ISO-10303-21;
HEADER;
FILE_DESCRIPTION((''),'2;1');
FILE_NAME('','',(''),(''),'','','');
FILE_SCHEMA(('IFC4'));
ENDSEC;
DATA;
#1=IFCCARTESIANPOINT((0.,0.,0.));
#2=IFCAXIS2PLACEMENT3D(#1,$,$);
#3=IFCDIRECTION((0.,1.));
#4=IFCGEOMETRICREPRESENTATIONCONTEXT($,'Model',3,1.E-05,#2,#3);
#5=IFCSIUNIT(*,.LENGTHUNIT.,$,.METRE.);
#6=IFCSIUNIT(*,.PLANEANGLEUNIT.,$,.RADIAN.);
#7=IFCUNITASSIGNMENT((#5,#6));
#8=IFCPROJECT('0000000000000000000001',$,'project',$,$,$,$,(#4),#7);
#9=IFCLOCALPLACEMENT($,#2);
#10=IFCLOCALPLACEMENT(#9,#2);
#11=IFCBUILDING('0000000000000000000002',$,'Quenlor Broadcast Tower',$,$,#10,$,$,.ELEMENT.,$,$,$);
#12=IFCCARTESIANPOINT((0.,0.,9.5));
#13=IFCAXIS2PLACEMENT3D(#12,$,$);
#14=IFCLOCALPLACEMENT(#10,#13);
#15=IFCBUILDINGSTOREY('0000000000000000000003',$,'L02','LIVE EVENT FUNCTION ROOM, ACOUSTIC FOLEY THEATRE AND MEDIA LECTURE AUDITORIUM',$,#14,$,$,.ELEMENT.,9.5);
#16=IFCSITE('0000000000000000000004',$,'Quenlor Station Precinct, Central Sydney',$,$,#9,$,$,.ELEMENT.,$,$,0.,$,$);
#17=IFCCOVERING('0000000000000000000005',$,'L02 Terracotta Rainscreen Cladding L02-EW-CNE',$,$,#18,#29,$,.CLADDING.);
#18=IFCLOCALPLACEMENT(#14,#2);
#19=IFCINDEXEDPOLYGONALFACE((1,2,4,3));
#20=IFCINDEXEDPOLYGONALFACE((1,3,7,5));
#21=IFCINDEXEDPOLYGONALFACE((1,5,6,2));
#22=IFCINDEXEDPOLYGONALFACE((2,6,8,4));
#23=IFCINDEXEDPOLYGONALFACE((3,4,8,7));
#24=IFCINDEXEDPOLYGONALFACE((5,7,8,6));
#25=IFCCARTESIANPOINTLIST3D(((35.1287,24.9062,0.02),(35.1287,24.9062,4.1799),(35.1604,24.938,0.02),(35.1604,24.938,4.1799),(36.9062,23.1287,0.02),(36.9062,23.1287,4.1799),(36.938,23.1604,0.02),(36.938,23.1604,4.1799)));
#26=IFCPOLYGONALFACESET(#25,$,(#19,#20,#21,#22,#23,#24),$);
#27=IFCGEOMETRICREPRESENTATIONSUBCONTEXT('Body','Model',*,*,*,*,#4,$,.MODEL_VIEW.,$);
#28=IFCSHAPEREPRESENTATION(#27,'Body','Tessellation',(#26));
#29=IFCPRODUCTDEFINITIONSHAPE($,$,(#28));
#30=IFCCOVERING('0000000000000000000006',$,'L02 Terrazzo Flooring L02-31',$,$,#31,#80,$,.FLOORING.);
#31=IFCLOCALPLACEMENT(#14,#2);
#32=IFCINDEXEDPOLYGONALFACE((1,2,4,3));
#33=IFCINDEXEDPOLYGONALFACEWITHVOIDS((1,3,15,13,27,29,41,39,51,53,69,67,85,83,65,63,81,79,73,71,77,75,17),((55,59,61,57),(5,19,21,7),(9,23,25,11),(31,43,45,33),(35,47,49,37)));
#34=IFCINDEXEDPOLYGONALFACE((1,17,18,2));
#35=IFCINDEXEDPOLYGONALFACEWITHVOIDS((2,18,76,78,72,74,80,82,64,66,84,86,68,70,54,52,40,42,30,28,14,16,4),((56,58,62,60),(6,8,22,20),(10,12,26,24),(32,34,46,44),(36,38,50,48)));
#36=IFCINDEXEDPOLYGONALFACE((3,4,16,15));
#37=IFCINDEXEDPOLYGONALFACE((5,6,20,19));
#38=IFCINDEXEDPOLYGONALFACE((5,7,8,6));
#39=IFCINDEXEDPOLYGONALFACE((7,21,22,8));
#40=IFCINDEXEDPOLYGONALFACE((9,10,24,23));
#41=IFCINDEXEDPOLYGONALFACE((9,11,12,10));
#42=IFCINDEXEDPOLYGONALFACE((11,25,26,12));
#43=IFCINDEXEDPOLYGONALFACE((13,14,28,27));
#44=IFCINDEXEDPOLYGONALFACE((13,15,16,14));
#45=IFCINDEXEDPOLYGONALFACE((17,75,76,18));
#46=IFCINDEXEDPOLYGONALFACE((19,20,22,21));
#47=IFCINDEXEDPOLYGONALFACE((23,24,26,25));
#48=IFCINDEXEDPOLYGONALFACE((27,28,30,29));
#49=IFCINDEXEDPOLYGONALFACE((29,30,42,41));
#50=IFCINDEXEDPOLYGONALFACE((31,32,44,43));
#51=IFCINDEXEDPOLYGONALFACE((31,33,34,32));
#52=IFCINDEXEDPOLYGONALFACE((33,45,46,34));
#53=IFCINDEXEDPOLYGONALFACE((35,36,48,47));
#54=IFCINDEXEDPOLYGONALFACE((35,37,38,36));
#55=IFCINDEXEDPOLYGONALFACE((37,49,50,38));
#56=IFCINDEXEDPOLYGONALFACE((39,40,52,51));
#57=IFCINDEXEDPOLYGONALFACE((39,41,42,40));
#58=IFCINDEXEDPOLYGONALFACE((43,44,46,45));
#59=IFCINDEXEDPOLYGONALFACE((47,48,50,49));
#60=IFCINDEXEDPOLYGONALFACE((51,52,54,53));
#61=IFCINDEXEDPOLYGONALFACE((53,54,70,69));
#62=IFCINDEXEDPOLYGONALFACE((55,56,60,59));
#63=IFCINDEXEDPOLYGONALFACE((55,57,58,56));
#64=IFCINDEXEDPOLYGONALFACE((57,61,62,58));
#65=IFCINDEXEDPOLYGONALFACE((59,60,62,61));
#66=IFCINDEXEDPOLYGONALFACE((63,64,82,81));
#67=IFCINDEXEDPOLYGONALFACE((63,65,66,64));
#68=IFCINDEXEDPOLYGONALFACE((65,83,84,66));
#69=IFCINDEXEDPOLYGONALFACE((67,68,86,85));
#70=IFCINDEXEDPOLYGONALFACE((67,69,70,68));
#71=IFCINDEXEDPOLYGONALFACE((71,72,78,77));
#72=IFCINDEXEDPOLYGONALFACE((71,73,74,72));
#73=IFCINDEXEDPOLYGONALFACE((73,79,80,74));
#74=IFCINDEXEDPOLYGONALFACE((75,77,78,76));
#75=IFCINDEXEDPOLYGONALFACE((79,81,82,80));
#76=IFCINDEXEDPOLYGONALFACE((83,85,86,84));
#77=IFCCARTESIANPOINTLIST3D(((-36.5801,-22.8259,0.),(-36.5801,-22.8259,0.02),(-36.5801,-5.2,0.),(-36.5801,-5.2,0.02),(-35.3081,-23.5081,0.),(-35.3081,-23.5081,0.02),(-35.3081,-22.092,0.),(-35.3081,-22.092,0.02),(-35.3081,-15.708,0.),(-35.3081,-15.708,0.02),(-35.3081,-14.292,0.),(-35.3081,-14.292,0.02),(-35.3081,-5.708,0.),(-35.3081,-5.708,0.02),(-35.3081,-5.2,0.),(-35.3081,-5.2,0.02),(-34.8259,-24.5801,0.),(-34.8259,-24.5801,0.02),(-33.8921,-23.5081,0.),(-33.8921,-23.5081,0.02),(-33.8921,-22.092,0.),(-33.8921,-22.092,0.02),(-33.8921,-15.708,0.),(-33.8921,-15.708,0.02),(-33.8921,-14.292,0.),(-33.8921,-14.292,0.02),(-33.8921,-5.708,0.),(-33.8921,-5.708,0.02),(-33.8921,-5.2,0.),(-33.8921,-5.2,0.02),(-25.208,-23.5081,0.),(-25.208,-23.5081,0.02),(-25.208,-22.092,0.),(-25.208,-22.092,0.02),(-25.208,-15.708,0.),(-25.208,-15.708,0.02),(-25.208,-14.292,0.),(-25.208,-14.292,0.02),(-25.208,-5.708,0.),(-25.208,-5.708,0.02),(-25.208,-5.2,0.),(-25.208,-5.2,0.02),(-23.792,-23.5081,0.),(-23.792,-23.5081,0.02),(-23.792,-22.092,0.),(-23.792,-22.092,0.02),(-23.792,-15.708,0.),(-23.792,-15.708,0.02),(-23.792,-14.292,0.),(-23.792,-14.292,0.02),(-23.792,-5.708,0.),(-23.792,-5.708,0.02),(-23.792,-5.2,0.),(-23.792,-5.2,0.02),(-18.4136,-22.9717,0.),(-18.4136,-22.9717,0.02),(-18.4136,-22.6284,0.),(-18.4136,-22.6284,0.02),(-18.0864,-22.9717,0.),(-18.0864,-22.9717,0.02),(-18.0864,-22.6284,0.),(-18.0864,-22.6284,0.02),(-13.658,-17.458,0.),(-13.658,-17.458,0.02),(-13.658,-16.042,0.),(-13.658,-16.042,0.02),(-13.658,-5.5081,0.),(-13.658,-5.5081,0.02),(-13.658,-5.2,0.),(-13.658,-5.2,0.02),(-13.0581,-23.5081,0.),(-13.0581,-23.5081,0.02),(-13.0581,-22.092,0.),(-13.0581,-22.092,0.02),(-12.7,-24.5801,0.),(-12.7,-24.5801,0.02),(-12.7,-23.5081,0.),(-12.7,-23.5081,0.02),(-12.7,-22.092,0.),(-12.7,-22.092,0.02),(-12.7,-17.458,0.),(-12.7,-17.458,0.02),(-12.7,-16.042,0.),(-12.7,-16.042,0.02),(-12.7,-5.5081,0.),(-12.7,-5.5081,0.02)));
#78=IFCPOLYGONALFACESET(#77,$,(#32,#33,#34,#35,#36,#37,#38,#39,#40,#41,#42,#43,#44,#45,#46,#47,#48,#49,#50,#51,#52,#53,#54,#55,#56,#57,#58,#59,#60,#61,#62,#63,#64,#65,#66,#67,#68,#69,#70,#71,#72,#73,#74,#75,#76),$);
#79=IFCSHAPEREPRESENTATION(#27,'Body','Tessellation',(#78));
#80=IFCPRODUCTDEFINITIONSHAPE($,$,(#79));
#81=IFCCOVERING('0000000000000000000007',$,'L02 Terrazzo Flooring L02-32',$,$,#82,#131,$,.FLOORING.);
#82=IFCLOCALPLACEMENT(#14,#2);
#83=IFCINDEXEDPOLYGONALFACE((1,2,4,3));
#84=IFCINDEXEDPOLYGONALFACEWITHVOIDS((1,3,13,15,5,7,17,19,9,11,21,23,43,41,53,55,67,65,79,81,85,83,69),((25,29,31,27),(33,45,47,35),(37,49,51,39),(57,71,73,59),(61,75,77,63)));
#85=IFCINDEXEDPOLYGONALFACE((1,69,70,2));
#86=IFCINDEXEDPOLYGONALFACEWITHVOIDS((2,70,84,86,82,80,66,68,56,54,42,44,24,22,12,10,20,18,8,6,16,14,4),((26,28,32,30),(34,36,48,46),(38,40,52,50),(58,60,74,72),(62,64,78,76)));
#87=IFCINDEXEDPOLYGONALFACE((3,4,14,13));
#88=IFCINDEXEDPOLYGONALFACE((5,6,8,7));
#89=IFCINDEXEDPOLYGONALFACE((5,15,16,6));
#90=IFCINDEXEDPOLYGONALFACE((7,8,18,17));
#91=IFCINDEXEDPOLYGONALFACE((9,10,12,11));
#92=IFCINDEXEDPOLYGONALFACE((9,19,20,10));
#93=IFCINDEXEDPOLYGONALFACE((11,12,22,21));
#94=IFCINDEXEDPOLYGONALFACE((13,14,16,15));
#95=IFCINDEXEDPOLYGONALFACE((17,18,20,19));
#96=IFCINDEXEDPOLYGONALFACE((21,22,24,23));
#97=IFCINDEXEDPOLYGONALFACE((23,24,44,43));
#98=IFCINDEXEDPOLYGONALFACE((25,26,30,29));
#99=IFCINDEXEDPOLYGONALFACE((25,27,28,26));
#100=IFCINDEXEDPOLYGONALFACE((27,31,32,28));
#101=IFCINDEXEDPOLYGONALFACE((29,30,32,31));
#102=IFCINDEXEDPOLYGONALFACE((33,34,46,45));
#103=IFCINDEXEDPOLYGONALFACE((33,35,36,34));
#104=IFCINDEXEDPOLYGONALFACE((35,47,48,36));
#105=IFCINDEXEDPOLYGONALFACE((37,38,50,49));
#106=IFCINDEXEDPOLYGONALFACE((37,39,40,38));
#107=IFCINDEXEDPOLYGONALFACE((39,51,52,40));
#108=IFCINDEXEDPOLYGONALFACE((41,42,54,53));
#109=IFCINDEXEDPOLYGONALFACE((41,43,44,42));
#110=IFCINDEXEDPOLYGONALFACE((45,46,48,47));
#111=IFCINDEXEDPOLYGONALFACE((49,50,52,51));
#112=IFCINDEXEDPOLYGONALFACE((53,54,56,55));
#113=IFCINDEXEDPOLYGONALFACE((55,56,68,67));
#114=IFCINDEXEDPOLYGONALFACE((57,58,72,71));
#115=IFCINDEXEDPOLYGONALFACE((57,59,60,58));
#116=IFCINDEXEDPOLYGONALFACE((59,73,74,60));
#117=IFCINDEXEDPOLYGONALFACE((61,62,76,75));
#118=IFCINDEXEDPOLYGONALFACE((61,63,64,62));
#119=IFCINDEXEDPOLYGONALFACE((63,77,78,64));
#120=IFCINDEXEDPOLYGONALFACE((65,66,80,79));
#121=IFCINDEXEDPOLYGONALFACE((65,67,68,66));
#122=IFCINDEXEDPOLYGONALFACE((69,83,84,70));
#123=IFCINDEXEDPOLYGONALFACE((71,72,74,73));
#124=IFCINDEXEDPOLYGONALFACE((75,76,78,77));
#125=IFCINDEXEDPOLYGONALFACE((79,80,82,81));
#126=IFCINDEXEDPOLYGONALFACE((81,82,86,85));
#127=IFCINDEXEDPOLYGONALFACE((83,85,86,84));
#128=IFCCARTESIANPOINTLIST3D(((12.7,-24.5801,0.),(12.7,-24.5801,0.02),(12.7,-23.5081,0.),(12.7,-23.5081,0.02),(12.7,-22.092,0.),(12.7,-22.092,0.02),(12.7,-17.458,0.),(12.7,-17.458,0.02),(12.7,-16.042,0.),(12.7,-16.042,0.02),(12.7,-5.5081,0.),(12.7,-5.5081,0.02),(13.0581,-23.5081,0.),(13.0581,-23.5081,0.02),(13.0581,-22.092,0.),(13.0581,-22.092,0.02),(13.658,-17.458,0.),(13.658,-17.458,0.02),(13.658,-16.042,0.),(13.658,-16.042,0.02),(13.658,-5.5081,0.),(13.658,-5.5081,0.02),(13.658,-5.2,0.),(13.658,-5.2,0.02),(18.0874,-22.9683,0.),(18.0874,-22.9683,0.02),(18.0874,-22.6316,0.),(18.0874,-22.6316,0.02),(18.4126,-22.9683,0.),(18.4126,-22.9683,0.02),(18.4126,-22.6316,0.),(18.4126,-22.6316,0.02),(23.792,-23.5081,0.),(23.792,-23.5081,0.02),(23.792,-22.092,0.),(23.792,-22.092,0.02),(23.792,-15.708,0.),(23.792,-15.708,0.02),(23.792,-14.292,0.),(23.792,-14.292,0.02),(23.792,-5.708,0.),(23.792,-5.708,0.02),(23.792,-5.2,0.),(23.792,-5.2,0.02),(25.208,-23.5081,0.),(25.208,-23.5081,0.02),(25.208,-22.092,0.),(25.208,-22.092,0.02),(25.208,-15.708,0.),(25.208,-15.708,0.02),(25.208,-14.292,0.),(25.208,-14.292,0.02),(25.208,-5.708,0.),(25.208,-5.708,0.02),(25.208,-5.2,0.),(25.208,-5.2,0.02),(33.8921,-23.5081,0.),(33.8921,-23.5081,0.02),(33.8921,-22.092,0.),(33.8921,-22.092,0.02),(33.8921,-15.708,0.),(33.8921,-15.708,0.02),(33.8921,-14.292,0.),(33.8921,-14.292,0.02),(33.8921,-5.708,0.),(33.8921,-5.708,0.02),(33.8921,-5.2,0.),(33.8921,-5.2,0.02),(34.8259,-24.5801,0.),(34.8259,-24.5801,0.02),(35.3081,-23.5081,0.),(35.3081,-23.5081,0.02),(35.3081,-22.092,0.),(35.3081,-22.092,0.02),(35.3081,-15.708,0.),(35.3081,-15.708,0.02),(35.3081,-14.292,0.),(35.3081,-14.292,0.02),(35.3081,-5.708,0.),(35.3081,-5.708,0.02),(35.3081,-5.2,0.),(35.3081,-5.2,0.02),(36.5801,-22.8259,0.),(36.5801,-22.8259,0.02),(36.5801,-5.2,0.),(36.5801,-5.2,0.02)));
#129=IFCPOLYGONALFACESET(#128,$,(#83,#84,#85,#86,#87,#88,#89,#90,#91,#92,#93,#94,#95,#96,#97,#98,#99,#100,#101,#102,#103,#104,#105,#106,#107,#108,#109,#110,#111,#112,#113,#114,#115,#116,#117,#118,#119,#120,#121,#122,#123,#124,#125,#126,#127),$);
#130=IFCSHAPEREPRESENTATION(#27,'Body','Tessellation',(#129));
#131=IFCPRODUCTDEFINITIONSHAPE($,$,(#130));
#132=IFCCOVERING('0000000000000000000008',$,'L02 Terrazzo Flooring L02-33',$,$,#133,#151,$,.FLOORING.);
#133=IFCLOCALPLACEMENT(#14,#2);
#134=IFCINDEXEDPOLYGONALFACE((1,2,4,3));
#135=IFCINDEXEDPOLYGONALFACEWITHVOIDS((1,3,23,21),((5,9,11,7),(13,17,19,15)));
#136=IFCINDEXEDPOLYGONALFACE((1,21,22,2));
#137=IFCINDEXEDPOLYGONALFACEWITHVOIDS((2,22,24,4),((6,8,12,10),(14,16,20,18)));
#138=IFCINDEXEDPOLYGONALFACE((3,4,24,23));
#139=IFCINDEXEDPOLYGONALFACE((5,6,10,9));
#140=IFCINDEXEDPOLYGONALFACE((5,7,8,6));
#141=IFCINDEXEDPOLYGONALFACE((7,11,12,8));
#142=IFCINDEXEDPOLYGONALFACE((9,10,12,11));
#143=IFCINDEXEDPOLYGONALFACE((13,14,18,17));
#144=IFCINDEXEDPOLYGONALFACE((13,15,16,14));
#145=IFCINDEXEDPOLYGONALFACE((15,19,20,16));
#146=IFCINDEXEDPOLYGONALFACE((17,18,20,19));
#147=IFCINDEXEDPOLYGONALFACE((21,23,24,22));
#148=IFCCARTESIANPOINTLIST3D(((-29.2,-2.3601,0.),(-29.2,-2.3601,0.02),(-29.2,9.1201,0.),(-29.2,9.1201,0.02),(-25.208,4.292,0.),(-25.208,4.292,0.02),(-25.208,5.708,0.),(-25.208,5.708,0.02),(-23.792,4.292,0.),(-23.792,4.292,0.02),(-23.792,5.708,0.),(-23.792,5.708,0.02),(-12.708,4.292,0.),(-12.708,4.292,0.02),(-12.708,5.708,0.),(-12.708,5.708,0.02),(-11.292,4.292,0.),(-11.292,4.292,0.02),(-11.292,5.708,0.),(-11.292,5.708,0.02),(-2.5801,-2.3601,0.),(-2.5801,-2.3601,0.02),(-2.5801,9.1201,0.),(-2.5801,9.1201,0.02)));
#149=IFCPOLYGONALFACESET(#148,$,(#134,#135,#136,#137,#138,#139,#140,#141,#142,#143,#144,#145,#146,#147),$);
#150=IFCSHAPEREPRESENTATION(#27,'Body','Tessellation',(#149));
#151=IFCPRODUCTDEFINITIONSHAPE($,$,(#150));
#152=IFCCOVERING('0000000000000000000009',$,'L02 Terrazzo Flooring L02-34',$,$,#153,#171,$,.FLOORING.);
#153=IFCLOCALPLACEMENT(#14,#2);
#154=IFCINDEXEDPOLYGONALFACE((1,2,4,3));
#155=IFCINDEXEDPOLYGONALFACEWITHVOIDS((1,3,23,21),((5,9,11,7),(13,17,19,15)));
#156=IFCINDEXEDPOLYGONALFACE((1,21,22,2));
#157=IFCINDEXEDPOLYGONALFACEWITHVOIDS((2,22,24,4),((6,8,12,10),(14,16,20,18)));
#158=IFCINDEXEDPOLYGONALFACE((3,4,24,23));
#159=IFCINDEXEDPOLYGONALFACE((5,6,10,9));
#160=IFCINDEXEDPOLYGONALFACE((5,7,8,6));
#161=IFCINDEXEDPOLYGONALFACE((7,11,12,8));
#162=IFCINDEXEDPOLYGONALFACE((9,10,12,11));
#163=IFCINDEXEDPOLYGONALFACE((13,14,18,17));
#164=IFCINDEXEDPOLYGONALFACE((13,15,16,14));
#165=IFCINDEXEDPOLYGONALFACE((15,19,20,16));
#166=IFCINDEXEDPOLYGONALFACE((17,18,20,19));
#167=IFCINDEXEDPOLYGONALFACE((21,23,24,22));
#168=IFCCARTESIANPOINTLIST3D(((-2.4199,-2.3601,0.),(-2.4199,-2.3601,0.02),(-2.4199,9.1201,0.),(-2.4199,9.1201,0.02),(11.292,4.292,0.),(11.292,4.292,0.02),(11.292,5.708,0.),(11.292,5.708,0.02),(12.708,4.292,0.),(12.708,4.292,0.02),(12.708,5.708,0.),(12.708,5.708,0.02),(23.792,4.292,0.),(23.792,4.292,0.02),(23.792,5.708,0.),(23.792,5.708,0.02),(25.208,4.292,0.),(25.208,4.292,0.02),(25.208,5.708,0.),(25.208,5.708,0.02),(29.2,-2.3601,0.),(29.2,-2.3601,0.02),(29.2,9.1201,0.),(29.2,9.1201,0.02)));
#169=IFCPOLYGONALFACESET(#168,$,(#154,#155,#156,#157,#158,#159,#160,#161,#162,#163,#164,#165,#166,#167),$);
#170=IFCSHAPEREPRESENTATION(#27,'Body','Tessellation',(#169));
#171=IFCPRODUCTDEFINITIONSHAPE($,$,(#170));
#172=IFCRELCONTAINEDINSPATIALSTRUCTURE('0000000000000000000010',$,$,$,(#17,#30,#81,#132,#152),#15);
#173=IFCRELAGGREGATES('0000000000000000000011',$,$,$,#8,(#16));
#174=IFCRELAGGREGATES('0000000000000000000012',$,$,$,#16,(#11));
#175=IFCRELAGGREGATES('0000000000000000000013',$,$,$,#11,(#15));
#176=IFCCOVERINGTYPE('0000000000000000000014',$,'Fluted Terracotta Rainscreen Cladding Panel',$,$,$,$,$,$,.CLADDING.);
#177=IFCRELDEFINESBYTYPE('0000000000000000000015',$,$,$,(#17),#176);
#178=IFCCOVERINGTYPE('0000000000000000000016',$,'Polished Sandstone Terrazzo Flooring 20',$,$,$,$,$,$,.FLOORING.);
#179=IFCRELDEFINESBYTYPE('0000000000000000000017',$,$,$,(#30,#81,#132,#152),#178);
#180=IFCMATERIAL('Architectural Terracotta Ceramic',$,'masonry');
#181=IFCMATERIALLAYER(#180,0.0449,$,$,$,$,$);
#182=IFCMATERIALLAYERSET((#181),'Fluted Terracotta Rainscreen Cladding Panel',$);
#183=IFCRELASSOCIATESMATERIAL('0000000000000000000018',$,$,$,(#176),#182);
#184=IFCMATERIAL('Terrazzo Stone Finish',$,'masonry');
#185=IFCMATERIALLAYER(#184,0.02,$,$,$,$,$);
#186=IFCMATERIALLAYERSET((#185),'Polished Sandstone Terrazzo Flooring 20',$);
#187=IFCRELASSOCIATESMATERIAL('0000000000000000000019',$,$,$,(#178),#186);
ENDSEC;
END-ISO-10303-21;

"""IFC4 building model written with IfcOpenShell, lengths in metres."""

from ifc_helpers import new_model, si_unit, direction, frame, origin, place, context, subcontext, project, spatial, polyline, outline, extrude, material, layer, layer_set, type_object, element, save


model = new_model("IFC4")

# Units and contexts
model_context = context("Model", 3, precision=1e-05, world=origin(), true_north=direction((0.0, 1.0)))
body_context = subcontext(model_context, "Body", "Model", "MODEL_VIEW")
ifc_project = project(units=[si_unit("LENGTHUNIT", "METRE"), si_unit("PLANEANGLEUNIT", "RADIAN")], contexts=[model_context])

# Site, building, storey
site_placement = place(None, origin())
site = spatial("IfcSite", under=ifc_project, at=site_placement, Name="Quenlor Station Precinct, Central Sydney", CompositionType="ELEMENT", RefElevation=0.0)
building_placement = place(site_placement, origin())
building = spatial("IfcBuilding", under=site, at=building_placement, Name="Quenlor Broadcast Tower", CompositionType="ELEMENT")
storey_placement = place(building_placement, frame((0.0, 0.0, 9.5)))
storey = spatial("IfcBuildingStorey", under=building, at=storey_placement, Name="L02", Description="LIVE EVENT FUNCTION ROOM, ACOUSTIC FOLEY THEATRE AND MEDIA LECTURE AUDITORIUM", CompositionType="ELEMENT", Elevation=9.5)

# Coverings
ifc_material_1 = material(Name="Architectural Terracotta Ceramic", Category="masonry")
ifc_layer_1 = layer(ifc_material_1, 0.0449)
ifc_layer_set_1 = layer_set([ifc_layer_1], Name="Fluted Terracotta Rainscreen Cladding Panel")
covering_type_1 = type_object("IfcCoveringType", Name="Fluted Terracotta Rainscreen Cladding Panel", PredefinedType="CLADDING", material=ifc_layer_set_1)
covering_1_placement = place(storey_placement, frame((0.0, 0.0, 0.02)))
element("IfcCovering", 1, at=covering_1_placement, inside=storey, type_object=covering_type_1, Name="L02 Terracotta Rainscreen Cladding L02-EW-CNE", PredefinedType="CLADDING", context=body_context, shape_type="SweptSolid", body=[
    extrude(outline(polyline([(35.1287, 24.9062), (36.9062, 23.1287), (36.938, 23.1604), (35.1604, 24.938), (35.1287, 24.9062)])), origin(), (0.0, 0.0, 1.0), 4.1599),
])
ifc_material_2 = material(Name="Terrazzo Stone Finish", Category="masonry")
ifc_layer_2 = layer(ifc_material_2, 0.02)
ifc_layer_set_2 = layer_set([ifc_layer_2], Name="Polished Sandstone Terrazzo Flooring 20")
covering_type_2 = type_object("IfcCoveringType", Name="Polished Sandstone Terrazzo Flooring 20", PredefinedType="FLOORING", material=ifc_layer_set_2)
covering_2_placement = place(storey_placement, origin())
element("IfcCovering", 2, at=covering_2_placement, inside=storey, type_object=covering_type_2, Name="L02 Terrazzo Flooring L02-31", PredefinedType="FLOORING", context=body_context, shape_type="SweptSolid", body=[
    extrude(outline(polyline([(-36.5801, -5.2), (-35.3081, -5.2), (-35.3081, -5.708), (-33.8921, -5.708), (-33.8921, -5.2), (-25.208, -5.2), (-25.208, -5.708), (-23.792, -5.708), (-23.792, -5.2), (-13.658, -5.2), (-13.658, -5.5081), (-12.7, -5.5081), (-12.7, -16.042), (-13.658, -16.042), (-13.658, -17.458), (-12.7, -17.458), (-12.7, -22.092), (-13.0581, -22.092), (-13.0581, -23.5081), (-12.7, -23.5081), (-12.7, -24.5801), (-34.8259, -24.5801), (-36.5801, -22.8259), (-36.5801, -5.2)]), holes=[polyline([(-23.792, -22.092), (-25.208, -22.092), (-25.208, -23.5081), (-23.792, -23.5081), (-23.792, -22.092)]), polyline([(-18.0864, -22.9717), (-18.0864, -22.6284), (-18.4136, -22.6284), (-18.4136, -22.9717), (-18.0864, -22.9717)]), polyline([(-33.8921, -22.092), (-35.3081, -22.092), (-35.3081, -23.5081), (-33.8921, -23.5081), (-33.8921, -22.092)]), polyline([(-33.8921, -15.708), (-33.8921, -14.292), (-35.3081, -14.292), (-35.3081, -15.708), (-33.8921, -15.708)]), polyline([(-23.792, -14.292), (-25.208, -14.292), (-25.208, -15.708), (-23.792, -15.708), (-23.792, -14.292)])]), origin(), (0.0, 0.0, 1.0), 0.02),
])
covering_3_placement = place(storey_placement, origin())
element("IfcCovering", 3, at=covering_3_placement, inside=storey, type_object=covering_type_2, Name="L02 Terrazzo Flooring L02-32", PredefinedType="FLOORING", context=body_context, shape_type="SweptSolid", body=[
    extrude(outline(polyline([(12.7, -24.5801), (12.7, -23.5081), (13.0581, -23.5081), (13.0581, -22.092), (12.7, -22.092), (12.7, -17.458), (13.658, -17.458), (13.658, -16.042), (12.7, -16.042), (12.7, -5.5081), (13.658, -5.5081), (13.658, -5.2), (23.792, -5.2), (23.792, -5.708), (25.208, -5.708), (25.208, -5.2), (33.8921, -5.2), (33.8921, -5.708), (35.3081, -5.708), (35.3081, -5.2), (36.5801, -5.2), (36.5801, -22.8259), (34.8259, -24.5801), (12.7, -24.5801)]), holes=[polyline([(35.3081, -23.5081), (35.3081, -22.092), (33.8921, -22.092), (33.8921, -23.5081), (35.3081, -23.5081)]), polyline([(18.4126, -22.9683), (18.4126, -22.6316), (18.0874, -22.6316), (18.0874, -22.9683), (18.4126, -22.9683)]), polyline([(25.208, -23.5081), (25.208, -22.092), (23.792, -22.092), (23.792, -23.5081), (25.208, -23.5081)]), polyline([(35.3081, -15.708), (35.3081, -14.292), (33.8921, -14.292), (33.8921, -15.708), (35.3081, -15.708)]), polyline([(25.208, -15.708), (25.208, -14.292), (23.792, -14.292), (23.792, -15.708), (25.208, -15.708)])]), origin(), (0.0, 0.0, 1.0), 0.02),
])
covering_4_placement = place(storey_placement, origin())
element("IfcCovering", 4, at=covering_4_placement, inside=storey, type_object=covering_type_2, Name="L02 Terrazzo Flooring L02-33", PredefinedType="FLOORING", context=body_context, shape_type="SweptSolid", body=[
    extrude(outline(polyline([(-2.5801, -2.3601), (-29.2, -2.3601), (-29.2, 9.1201), (-2.5801, 9.1201), (-2.5801, -2.3601)]), holes=[polyline([(-23.792, 4.292), (-23.792, 5.708), (-25.208, 5.708), (-25.208, 4.292), (-23.792, 4.292)]), polyline([(-11.292, 4.292), (-11.292, 5.708), (-12.708, 5.708), (-12.708, 4.292), (-11.292, 4.292)])]), origin(), (0.0, 0.0, 1.0), 0.02),
])
covering_5_placement = place(storey_placement, origin())
element("IfcCovering", 5, at=covering_5_placement, inside=storey, type_object=covering_type_2, Name="L02 Terrazzo Flooring L02-34", PredefinedType="FLOORING", context=body_context, shape_type="SweptSolid", body=[
    extrude(outline(polyline([(29.2, -2.3601), (-2.4199, -2.3601), (-2.4199, 9.1201), (29.2, 9.1201), (29.2, -2.3601)]), holes=[polyline([(12.708, 5.708), (11.292, 5.708), (11.292, 4.292), (12.708, 4.292), (12.708, 5.708)]), polyline([(25.208, 5.708), (23.792, 5.708), (23.792, 4.292), (25.208, 4.292), (25.208, 5.708)])]), origin(), (0.0, 0.0, 1.0), 0.02),
])

save(model, "model.ifc")
